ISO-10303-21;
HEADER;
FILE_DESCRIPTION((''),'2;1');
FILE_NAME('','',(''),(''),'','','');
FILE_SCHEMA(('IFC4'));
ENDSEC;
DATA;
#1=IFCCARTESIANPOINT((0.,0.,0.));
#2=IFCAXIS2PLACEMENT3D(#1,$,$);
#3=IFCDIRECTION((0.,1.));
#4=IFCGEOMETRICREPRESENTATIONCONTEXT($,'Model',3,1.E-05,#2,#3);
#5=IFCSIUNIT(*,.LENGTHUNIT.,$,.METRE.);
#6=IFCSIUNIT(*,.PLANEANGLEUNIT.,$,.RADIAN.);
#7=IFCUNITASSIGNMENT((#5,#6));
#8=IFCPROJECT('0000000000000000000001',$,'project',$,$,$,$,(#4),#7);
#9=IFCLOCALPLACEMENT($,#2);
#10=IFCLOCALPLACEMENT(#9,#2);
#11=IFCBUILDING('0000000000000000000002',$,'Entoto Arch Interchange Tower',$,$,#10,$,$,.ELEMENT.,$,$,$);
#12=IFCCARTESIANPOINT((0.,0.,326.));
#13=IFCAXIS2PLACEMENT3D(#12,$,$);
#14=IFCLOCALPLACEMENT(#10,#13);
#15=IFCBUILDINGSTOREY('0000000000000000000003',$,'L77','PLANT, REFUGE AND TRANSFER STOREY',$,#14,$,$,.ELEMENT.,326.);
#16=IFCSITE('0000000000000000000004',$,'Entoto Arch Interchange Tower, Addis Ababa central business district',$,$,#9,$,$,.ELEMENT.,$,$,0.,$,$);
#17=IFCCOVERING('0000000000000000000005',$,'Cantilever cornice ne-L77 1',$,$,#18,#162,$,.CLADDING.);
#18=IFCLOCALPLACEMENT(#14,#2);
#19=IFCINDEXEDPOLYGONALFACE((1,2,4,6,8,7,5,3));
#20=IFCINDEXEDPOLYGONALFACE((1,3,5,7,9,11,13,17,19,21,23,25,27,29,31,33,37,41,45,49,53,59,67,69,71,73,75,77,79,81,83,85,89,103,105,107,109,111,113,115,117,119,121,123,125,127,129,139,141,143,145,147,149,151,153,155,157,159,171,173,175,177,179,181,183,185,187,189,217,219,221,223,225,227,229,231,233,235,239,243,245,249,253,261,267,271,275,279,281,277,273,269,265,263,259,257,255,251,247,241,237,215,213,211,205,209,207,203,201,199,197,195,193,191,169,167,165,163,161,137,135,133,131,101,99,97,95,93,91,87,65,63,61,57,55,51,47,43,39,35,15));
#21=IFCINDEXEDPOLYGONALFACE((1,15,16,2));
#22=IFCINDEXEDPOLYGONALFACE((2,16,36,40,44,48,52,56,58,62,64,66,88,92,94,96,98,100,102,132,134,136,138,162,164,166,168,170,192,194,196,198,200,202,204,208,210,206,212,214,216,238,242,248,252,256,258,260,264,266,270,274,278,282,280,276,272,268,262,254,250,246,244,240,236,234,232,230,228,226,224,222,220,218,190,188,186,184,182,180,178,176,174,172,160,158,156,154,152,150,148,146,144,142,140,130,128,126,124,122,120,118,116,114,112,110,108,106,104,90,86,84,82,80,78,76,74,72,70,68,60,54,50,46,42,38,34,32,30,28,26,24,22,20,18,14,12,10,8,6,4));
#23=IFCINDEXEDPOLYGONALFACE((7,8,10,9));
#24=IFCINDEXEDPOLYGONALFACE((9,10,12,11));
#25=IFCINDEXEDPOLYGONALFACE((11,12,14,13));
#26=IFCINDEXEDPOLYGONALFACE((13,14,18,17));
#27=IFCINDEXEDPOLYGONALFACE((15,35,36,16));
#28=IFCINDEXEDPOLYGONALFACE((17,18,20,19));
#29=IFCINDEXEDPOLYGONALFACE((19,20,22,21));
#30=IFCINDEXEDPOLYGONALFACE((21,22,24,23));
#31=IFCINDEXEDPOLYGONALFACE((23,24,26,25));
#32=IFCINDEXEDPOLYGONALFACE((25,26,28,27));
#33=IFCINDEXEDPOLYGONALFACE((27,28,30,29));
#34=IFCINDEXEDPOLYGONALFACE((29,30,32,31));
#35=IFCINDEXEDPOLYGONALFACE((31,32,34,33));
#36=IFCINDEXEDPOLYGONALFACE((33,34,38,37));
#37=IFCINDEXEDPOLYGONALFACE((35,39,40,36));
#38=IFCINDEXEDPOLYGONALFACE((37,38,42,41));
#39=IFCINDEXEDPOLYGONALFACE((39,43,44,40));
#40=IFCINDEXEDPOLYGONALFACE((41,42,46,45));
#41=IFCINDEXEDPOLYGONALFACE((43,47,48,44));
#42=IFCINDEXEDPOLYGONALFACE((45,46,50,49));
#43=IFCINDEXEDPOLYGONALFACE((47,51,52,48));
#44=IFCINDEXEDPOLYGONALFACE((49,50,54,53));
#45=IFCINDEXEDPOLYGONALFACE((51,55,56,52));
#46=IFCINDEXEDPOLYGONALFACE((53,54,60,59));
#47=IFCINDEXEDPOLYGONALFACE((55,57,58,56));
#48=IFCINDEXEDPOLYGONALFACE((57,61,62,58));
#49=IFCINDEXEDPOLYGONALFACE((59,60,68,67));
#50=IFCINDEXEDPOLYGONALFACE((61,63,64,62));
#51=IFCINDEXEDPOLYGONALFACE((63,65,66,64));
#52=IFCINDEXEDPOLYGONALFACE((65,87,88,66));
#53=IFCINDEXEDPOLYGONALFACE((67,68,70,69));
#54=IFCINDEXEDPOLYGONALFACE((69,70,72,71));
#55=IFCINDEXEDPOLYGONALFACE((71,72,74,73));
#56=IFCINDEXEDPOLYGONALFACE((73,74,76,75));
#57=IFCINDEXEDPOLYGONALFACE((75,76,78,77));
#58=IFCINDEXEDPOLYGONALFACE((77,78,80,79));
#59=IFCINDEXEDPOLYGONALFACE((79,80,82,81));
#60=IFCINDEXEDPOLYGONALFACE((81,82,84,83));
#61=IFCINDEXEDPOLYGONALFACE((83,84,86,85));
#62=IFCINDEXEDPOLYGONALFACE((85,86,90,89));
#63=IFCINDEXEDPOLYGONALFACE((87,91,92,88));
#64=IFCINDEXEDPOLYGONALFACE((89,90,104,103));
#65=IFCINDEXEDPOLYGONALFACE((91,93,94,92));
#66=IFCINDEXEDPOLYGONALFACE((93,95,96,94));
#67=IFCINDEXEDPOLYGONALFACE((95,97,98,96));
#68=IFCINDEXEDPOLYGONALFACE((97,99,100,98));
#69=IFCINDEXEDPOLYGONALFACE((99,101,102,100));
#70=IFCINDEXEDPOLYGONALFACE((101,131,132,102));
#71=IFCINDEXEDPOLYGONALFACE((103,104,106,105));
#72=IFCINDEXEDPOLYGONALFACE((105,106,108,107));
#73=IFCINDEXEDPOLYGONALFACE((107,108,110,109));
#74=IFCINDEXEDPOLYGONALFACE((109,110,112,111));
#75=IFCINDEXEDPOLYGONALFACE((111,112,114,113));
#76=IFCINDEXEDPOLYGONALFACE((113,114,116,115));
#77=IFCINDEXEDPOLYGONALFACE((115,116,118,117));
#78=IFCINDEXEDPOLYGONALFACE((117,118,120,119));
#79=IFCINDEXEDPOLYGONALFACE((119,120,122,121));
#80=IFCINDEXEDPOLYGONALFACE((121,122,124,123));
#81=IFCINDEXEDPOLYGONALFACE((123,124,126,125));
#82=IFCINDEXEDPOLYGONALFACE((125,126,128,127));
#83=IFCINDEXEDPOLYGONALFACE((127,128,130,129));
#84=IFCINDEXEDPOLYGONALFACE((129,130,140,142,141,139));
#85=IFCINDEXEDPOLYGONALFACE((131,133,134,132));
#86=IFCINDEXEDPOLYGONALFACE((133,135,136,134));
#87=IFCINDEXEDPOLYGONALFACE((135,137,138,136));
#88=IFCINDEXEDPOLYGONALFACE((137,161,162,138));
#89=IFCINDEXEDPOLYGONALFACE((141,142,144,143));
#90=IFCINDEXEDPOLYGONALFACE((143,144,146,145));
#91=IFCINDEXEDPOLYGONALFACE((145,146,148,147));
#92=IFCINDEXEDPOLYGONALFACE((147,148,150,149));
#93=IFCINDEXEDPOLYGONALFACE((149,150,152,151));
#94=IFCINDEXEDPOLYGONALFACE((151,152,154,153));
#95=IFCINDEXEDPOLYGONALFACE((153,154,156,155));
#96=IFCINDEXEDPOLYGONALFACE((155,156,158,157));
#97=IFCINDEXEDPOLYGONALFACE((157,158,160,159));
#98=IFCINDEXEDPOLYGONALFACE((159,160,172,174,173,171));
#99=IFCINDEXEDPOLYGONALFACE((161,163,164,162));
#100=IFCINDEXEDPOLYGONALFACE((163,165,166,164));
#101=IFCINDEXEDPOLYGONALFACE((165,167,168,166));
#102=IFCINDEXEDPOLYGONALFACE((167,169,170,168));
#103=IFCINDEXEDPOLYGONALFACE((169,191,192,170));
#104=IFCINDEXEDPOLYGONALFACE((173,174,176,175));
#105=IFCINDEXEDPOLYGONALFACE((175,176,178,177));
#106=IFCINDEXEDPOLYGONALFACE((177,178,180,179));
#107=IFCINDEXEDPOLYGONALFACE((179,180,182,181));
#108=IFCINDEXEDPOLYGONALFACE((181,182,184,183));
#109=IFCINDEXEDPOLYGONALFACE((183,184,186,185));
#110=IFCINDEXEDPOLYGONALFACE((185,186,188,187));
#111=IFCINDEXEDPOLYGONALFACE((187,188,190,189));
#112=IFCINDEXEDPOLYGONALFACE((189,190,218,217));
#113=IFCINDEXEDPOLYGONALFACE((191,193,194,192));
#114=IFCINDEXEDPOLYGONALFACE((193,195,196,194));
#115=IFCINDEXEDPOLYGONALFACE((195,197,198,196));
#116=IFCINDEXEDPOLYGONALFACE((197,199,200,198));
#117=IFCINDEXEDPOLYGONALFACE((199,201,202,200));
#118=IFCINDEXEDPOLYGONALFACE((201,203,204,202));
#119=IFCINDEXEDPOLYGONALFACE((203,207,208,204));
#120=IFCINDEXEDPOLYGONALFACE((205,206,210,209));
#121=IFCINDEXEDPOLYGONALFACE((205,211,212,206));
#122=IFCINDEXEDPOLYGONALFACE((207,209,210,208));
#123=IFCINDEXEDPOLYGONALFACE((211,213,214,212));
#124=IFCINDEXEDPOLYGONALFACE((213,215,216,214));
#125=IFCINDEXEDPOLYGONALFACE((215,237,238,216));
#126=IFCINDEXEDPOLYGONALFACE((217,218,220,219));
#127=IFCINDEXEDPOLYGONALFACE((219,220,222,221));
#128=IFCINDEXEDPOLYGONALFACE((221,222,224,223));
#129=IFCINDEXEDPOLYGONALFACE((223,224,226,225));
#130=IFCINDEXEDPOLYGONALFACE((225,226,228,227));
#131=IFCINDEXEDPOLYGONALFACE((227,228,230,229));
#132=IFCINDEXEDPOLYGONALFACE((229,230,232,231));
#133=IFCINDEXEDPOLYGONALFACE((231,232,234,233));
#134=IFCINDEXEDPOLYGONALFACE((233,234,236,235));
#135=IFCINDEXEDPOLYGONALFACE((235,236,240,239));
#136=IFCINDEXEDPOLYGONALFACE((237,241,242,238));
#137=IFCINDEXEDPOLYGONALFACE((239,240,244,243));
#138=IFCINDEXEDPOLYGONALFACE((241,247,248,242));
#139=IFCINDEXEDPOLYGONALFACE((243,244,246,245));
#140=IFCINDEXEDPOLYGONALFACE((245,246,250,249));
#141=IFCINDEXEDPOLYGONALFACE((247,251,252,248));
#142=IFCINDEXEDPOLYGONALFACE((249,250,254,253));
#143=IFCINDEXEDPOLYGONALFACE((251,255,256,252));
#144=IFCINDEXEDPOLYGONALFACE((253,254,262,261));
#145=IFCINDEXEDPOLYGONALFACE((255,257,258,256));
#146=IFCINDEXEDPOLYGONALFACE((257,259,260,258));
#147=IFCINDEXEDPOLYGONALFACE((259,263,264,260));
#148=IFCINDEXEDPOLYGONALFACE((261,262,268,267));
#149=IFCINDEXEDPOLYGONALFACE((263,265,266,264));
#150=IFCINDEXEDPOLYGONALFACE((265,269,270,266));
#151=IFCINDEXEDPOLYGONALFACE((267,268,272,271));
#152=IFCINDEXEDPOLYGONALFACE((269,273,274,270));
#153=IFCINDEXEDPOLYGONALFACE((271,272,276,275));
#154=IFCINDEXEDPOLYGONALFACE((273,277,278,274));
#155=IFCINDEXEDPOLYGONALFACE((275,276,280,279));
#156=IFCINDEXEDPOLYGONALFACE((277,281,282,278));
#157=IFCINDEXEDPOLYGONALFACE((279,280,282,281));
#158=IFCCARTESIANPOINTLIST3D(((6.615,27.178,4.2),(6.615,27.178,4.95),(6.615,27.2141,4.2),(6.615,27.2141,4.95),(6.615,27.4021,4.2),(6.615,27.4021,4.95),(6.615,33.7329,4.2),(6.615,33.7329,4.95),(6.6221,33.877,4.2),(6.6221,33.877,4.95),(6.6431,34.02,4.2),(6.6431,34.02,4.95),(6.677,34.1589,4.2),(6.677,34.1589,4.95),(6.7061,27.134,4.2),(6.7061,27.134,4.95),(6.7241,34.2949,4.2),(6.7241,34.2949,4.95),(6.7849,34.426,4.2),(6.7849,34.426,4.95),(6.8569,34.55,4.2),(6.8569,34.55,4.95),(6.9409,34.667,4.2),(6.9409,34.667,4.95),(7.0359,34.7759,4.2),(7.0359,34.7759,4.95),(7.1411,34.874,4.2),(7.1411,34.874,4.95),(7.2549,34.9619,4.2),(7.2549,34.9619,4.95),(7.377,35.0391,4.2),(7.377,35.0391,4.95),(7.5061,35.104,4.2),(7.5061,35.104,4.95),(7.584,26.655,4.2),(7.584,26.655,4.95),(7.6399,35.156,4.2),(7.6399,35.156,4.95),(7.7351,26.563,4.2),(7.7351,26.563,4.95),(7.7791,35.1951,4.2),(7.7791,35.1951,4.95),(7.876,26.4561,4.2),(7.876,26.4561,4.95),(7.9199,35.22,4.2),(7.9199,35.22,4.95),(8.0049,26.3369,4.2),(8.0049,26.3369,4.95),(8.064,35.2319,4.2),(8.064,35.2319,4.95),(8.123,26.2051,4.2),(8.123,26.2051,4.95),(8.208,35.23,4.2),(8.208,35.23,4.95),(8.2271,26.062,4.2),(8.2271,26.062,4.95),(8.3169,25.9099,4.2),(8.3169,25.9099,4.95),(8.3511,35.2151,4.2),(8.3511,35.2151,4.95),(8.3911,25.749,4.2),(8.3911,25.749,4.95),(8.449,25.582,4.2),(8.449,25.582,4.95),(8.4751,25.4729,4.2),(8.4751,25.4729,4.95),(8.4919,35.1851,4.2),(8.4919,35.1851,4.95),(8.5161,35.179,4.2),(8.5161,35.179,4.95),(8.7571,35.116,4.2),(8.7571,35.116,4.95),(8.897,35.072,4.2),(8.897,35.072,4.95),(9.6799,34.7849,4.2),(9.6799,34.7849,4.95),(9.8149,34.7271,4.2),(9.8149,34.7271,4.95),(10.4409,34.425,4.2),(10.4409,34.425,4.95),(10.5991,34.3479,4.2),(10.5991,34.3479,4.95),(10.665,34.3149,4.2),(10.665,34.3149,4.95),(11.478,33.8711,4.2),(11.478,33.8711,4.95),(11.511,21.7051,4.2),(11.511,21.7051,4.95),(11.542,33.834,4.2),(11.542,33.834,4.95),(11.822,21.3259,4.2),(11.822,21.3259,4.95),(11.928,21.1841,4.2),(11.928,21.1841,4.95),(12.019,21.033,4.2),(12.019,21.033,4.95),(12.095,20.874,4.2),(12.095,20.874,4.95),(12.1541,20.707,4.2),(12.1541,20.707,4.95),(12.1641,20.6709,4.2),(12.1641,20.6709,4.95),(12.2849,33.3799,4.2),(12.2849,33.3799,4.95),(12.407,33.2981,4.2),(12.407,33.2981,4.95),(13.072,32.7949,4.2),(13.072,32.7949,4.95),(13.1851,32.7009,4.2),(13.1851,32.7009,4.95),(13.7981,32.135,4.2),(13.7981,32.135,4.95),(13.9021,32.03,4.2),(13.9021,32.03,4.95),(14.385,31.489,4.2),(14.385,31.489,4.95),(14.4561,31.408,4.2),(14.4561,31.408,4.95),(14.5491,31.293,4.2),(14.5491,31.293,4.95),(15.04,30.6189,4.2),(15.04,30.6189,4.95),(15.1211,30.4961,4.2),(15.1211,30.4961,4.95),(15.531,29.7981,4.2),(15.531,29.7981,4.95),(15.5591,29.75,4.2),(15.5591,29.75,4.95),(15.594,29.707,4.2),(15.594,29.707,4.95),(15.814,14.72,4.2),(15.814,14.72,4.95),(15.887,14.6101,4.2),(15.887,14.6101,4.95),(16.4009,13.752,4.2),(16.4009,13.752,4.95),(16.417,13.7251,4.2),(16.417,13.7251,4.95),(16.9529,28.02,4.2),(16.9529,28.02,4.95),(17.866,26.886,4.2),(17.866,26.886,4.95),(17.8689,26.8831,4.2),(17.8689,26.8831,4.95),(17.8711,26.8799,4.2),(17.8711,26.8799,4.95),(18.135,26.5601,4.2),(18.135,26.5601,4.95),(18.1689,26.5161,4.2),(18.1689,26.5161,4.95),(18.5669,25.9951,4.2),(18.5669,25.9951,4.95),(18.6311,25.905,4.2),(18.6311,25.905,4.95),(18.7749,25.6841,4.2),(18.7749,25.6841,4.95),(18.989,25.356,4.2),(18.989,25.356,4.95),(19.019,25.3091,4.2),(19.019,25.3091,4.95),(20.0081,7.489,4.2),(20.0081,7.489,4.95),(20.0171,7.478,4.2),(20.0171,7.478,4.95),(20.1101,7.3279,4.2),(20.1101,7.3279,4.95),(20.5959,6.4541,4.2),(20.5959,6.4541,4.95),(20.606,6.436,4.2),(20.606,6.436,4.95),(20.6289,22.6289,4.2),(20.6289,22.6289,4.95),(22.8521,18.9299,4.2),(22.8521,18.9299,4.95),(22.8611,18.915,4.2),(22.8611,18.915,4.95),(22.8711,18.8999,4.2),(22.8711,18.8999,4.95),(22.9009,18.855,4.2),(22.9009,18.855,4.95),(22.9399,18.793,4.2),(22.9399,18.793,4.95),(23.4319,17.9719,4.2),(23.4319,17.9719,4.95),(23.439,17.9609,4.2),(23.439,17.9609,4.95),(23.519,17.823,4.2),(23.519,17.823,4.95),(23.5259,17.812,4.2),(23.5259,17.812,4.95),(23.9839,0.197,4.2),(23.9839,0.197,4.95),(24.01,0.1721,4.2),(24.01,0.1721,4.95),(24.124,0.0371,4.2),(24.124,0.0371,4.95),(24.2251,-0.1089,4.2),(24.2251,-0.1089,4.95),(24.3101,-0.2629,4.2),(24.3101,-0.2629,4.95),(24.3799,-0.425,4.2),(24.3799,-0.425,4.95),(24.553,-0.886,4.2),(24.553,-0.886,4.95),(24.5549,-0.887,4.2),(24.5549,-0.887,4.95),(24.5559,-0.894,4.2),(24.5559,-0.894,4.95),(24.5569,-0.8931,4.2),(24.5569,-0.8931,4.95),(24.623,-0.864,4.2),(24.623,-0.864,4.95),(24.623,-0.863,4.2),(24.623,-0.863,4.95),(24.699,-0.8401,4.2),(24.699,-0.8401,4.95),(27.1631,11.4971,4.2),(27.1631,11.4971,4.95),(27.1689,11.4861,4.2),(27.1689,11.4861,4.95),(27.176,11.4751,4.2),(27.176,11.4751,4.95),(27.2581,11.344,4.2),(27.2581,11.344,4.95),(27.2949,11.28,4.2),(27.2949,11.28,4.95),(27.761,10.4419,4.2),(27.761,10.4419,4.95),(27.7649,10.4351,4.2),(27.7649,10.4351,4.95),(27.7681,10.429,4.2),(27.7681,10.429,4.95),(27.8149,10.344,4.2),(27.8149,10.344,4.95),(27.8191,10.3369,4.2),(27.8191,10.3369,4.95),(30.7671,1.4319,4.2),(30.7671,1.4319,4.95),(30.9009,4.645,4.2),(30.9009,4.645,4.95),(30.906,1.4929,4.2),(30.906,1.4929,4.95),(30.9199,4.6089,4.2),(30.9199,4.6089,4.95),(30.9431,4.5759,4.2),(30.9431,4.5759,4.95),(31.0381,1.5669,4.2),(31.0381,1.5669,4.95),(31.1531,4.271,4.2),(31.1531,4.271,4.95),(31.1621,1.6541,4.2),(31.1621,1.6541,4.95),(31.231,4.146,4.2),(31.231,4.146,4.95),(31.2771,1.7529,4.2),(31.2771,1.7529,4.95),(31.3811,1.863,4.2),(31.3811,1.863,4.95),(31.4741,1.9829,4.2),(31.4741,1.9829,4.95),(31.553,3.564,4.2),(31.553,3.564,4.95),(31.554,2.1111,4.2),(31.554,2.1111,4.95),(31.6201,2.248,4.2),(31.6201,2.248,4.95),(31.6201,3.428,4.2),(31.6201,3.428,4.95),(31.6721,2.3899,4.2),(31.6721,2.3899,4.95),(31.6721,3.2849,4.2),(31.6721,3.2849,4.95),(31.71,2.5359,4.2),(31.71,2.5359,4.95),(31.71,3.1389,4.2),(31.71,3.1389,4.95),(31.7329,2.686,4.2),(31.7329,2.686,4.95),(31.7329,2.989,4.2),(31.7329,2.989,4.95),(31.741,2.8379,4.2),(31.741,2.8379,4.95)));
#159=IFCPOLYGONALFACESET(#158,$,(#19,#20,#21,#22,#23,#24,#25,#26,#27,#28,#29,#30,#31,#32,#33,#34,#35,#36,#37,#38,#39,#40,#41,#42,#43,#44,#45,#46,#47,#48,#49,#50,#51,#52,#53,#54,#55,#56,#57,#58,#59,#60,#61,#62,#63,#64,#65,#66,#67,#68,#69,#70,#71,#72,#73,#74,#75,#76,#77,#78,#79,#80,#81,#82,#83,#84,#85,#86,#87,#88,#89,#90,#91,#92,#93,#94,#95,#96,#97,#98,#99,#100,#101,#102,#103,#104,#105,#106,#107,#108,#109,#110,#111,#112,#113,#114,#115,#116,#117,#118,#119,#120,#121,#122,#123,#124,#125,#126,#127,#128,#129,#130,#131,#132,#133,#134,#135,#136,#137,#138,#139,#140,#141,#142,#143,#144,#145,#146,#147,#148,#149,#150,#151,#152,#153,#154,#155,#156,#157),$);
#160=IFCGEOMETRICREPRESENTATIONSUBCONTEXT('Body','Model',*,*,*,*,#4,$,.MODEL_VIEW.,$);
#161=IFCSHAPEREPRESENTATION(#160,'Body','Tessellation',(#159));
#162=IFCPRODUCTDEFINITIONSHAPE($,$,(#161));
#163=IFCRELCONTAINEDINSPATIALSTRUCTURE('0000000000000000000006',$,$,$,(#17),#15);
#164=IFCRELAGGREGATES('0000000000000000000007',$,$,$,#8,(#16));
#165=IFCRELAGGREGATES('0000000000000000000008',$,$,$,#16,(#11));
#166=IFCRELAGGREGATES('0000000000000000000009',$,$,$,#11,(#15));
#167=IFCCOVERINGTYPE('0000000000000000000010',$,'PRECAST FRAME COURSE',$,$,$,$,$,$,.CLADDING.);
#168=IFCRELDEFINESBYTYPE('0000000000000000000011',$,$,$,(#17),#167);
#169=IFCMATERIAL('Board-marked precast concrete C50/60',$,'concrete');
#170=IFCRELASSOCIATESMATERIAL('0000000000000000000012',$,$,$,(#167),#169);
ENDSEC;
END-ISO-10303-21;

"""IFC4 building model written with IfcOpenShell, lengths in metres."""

from ifc_helpers import new_model, si_unit, direction, frame, origin, place, context, subcontext, project, spatial, polyline, outline, extrude, material, type_object, element, save


model = new_model("IFC4")

# Units and contexts
model_context = context("Model", 3, precision=1e-05, world=origin(), true_north=direction((0.0, 1.0)))
body_context = subcontext(model_context, "Body", "Model", "MODEL_VIEW")
ifc_project = project(units=[si_unit("LENGTHUNIT", "METRE"), si_unit("PLANEANGLEUNIT", "RADIAN")], contexts=[model_context])

# Site, building, storey
site_placement = place(None, origin())
site = spatial("IfcSite", under=ifc_project, at=site_placement, Name="Entoto Arch Interchange Tower, Addis Ababa central business district", CompositionType="ELEMENT", RefElevation=0.0)
building_placement = place(site_placement, origin())
building = spatial("IfcBuilding", under=site, at=building_placement, Name="Entoto Arch Interchange Tower", CompositionType="ELEMENT")
storey_placement = place(building_placement, frame((0.0, 0.0, 326.0)))
storey = spatial("IfcBuildingStorey", under=building, at=storey_placement, Name="L77", Description="PLANT, REFUGE AND TRANSFER STOREY", CompositionType="ELEMENT", Elevation=326.0)

# Covering
ifc_material_1 = material(Name="Board-marked precast concrete C50/60", Category="concrete")
covering_type = type_object("IfcCoveringType", Name="PRECAST FRAME COURSE", PredefinedType="CLADDING", material=ifc_material_1)
covering_1_placement = place(storey_placement, frame((0.0, 0.0, 4.2)))
element("IfcCovering", 1, at=covering_1_placement, inside=storey, type_object=covering_type, Name="Cantilever cornice ne-L77 1", PredefinedType="CLADDING", context=body_context, shape_type="SweptSolid", body=[
    extrude(outline(polyline([(6.615, 33.7329), (6.6221, 33.877), (6.6431, 34.02), (6.677, 34.1589), (6.7241, 34.2949), (6.7849, 34.426), (6.8569, 34.55), (6.9409, 34.667), (7.0359, 34.7759), (7.1411, 34.874), (7.2549, 34.9619), (7.377, 35.0391), (7.5061, 35.104), (7.6399, 35.156), (7.7791, 35.1951), (7.9199, 35.22), (8.064, 35.2319), (8.208, 35.23), (8.3511, 35.2151), (8.4919, 35.1851), (8.5161, 35.179), (8.7571, 35.116), (8.897, 35.072), (9.6799, 34.7849), (9.8149, 34.7271), (10.4409, 34.425), (10.5991, 34.3479), (10.665, 34.3149), (11.478, 33.8711), (11.542, 33.834), (12.2849, 33.3799), (12.407, 33.2981), (13.072, 32.7949), (13.1851, 32.7009), (13.7981, 32.135), (13.9021, 32.03), (14.385, 31.489), (14.4561, 31.408), (14.5491, 31.293), (15.04, 30.6189), (15.1211, 30.4961), (15.531, 29.7981), (15.5591, 29.75), (15.594, 29.707), (16.9529, 28.02), (17.866, 26.886), (17.8689, 26.8831), (17.8711, 26.8799), (18.135, 26.5601), (18.1689, 26.5161), (18.5669, 25.9951), (18.6311, 25.905), (18.7749, 25.6841), (18.989, 25.356), (19.019, 25.3091), (20.6289, 22.6289), (22.8521, 18.9299), (22.8611, 18.915), (22.8711, 18.8999), (22.9009, 18.855), (22.9399, 18.793), (23.4319, 17.9719), (23.439, 17.9609), (23.519, 17.823), (23.5259, 17.812), (27.1631, 11.4971), (27.1689, 11.4861), (27.176, 11.4751), (27.2581, 11.344), (27.2949, 11.28), (27.761, 10.4419), (27.7649, 10.4351), (27.7681, 10.429), (27.8149, 10.344), (27.8191, 10.3369), (30.9009, 4.645), (30.9199, 4.6089), (30.9431, 4.5759), (31.1531, 4.271), (31.231, 4.146), (31.553, 3.564), (31.6201, 3.428), (31.6721, 3.2849), (31.71, 3.1389), (31.7329, 2.989), (31.741, 2.8379), (31.7329, 2.686), (31.71, 2.5359), (31.6721, 2.3899), (31.6201, 2.248), (31.554, 2.1111), (31.4741, 1.9829), (31.3811, 1.863), (31.2771, 1.7529), (31.1621, 1.6541), (31.0381, 1.5669), (30.906, 1.4929), (30.7671, 1.4319), (24.699, -0.8401), (24.623, -0.863), (24.623, -0.864), (24.5549, -0.887), (24.5569, -0.8931), (24.5559, -0.894), (24.553, -0.886), (24.3799, -0.425), (24.3101, -0.2629), (24.2251, -0.1089), (24.124, 0.0371), (24.01, 0.1721), (23.9839, 0.197), (20.606, 6.436), (20.5959, 6.4541), (20.1101, 7.3279), (20.0171, 7.478), (20.0081, 7.489), (16.417, 13.7251), (16.4009, 13.752), (15.887, 14.6101), (15.814, 14.72), (12.1641, 20.6709), (12.1541, 20.707), (12.095, 20.874), (12.019, 21.033), (11.928, 21.1841), (11.822, 21.3259), (11.511, 21.7051), (8.4751, 25.4729), (8.449, 25.582), (8.3911, 25.749), (8.3169, 25.9099), (8.2271, 26.062), (8.123, 26.2051), (8.0049, 26.3369), (7.876, 26.4561), (7.7351, 26.563), (7.584, 26.655), (6.7061, 27.134), (6.615, 27.178), (6.615, 27.2141), (6.615, 27.4021), (6.615, 33.7329)])), origin(), (0.0, 0.0, 1.0), 0.75),
])

save(model, "model.ifc")
